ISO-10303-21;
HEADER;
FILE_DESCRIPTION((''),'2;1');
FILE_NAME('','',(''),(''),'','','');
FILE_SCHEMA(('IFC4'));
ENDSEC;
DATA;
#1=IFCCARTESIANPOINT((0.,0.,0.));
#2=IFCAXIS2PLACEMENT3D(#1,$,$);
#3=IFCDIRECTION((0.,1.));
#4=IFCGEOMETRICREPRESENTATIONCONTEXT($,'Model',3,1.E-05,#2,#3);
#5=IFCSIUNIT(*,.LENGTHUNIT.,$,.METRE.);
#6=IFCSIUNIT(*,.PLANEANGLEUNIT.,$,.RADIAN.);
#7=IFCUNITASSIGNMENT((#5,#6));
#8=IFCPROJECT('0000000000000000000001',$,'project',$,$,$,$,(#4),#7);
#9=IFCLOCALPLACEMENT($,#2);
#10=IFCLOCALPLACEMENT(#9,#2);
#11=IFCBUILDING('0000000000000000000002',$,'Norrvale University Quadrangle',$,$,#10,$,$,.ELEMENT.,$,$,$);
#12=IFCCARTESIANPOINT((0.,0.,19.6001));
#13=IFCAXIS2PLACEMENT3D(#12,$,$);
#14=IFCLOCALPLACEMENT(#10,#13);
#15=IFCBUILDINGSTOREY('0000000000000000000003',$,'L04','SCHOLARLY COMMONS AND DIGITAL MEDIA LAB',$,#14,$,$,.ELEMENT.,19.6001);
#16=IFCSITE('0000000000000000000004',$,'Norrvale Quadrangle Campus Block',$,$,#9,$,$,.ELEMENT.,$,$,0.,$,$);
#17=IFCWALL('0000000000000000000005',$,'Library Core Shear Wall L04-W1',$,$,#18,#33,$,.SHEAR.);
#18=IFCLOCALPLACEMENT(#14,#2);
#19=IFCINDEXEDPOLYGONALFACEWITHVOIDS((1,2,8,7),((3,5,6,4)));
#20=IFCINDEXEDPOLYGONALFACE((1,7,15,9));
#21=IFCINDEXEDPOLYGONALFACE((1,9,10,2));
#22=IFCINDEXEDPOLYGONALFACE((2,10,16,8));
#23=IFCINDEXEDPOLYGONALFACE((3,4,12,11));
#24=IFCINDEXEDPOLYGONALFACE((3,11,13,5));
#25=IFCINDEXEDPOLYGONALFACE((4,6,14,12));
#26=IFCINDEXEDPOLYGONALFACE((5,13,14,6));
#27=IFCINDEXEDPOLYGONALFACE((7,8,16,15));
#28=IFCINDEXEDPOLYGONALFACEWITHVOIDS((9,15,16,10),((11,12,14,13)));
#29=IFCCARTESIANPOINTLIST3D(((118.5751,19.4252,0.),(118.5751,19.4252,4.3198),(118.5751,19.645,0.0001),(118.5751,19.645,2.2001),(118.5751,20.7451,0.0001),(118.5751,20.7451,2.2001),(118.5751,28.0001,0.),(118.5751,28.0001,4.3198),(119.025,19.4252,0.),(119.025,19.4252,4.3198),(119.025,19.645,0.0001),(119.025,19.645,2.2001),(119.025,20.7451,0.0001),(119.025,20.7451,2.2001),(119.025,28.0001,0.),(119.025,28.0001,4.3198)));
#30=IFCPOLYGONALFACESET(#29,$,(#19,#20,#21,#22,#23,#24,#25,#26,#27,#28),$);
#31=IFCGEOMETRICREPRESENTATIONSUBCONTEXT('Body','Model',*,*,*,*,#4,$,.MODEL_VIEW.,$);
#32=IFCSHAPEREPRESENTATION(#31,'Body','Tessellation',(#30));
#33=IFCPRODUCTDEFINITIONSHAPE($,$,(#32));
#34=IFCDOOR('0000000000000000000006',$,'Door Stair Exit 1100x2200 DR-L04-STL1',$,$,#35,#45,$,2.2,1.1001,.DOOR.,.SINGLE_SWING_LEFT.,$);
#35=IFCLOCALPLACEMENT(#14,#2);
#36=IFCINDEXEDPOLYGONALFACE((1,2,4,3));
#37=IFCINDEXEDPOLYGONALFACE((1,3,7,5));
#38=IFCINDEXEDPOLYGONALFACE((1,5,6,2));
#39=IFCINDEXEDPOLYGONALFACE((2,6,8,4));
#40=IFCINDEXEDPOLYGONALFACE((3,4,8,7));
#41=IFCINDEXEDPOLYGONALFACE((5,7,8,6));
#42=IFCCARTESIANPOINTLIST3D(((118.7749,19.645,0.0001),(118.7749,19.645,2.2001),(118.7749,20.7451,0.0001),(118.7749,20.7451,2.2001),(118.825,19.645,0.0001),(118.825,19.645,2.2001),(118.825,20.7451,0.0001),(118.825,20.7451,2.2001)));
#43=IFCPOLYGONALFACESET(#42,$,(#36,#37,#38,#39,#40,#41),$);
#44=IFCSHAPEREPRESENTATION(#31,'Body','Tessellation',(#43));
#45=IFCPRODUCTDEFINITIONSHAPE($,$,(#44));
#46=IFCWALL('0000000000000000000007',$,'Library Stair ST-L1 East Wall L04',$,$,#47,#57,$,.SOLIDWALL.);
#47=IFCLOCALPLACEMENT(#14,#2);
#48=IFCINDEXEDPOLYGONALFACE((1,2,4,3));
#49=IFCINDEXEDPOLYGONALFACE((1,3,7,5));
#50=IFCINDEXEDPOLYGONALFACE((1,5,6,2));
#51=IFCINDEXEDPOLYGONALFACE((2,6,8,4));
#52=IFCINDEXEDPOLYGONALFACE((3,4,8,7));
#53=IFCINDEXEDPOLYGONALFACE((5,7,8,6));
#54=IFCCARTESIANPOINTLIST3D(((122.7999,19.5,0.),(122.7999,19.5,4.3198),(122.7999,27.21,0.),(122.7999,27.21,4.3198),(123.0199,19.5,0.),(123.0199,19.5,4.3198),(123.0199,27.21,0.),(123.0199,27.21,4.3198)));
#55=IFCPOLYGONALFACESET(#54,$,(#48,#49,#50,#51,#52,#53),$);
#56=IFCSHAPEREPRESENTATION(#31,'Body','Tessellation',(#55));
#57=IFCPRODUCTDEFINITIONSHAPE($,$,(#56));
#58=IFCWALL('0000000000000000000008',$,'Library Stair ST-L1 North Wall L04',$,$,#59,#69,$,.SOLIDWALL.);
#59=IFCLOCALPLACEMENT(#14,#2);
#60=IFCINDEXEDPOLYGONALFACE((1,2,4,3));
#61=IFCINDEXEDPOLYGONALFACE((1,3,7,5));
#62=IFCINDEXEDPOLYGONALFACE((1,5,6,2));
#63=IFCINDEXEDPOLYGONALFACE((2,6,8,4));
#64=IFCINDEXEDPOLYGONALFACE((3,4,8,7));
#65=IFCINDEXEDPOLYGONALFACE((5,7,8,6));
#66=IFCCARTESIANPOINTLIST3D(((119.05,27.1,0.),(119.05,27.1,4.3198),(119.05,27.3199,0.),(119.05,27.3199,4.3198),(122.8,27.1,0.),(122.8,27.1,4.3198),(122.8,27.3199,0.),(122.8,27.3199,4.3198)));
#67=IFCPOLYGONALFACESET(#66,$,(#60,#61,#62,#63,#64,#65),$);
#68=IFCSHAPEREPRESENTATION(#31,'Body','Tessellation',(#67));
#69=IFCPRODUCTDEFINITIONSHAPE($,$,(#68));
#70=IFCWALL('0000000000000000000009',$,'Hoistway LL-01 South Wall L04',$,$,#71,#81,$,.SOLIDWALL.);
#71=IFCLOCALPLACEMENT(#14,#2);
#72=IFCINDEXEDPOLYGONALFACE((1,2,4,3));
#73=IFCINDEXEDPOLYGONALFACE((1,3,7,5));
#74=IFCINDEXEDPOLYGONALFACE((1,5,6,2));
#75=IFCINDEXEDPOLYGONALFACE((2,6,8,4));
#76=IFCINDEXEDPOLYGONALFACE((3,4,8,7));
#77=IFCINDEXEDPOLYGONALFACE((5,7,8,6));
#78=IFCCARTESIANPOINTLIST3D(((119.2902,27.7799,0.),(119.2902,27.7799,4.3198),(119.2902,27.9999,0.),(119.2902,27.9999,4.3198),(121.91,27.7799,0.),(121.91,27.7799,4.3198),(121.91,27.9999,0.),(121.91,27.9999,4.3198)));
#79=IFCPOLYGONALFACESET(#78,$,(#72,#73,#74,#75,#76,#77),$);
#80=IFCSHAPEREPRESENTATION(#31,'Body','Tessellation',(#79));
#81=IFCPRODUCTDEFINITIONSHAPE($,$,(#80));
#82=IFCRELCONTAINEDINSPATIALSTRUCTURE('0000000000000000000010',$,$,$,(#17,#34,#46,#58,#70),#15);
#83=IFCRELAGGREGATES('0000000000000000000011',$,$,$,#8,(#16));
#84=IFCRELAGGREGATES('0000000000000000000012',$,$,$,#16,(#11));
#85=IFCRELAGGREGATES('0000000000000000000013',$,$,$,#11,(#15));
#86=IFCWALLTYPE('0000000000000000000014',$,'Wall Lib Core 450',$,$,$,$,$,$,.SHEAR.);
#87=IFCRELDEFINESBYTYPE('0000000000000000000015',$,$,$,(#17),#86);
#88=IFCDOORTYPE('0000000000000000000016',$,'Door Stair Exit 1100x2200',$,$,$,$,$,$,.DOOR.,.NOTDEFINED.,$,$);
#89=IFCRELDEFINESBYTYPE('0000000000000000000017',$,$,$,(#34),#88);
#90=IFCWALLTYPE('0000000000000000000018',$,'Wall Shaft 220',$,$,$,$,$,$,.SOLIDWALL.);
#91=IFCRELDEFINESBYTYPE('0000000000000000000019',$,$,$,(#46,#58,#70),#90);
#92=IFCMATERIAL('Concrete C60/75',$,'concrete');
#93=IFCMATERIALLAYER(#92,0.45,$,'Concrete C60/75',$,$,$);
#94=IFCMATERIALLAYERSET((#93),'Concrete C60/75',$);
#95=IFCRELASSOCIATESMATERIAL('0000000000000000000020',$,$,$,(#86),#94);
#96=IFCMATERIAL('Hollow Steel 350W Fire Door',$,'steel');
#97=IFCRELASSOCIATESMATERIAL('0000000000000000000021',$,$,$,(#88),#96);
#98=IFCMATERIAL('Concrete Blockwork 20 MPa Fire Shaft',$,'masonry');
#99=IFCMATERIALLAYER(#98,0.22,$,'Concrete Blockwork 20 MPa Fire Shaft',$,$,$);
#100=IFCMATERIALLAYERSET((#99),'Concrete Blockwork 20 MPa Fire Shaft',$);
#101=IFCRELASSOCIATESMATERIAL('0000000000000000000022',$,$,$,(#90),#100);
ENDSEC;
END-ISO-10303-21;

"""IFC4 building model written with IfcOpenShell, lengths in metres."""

from ifc_helpers import new_model, si_unit, direction, frame, frame_2d, origin, place, context, subcontext, project, spatial, rectangle, extrude, material, layer, layer_set, type_object, element, fill, save


model = new_model("IFC4")

# Units and contexts
model_context = context("Model", 3, precision=1e-05, world=origin(), true_north=direction((0.0, 1.0)))
body_context = subcontext(model_context, "Body", "Model", "MODEL_VIEW")
ifc_project = project(units=[si_unit("LENGTHUNIT", "METRE"), si_unit("PLANEANGLEUNIT", "RADIAN")], contexts=[model_context])

# Site, building, storey
site_placement = place(None, origin())
site = spatial("IfcSite", under=ifc_project, at=site_placement, Name="Norrvale Quadrangle Campus Block", CompositionType="ELEMENT", RefElevation=0.0)
building_placement = place(site_placement, origin())
building = spatial("IfcBuilding", under=site, at=building_placement, Name="Norrvale University Quadrangle", CompositionType="ELEMENT")
storey_placement = place(building_placement, frame((0.0, 0.0, 19.6001)))
storey = spatial("IfcBuildingStorey", under=building, at=storey_placement, Name="L04", Description="SCHOLARLY COMMONS AND DIGITAL MEDIA LAB", CompositionType="ELEMENT", Elevation=19.6001)

# Shared definitions
ifc_material_1 = material(Name="Concrete C60/75", Category="concrete")

# Shared definitions
ifc_layer_1 = layer(ifc_material_1, 0.45, Name="Concrete C60/75")
ifc_layer_set_1 = layer_set([ifc_layer_1], Name="Concrete C60/75")
wall_type_1 = type_object("IfcWallType", Name="Wall Lib Core 450", PredefinedType="SHEAR", material=ifc_layer_set_1)

# Wall, opening, door
wall_1_placement = place(storey_placement, frame((118.8, 19.425, 0.0), z_axis=(0.0, 0.0, 1.0), x_axis=(0.0, 1.0, 0.0)))
wall_1 = element("IfcWall", 1, at=wall_1_placement, inside=storey, type_object=wall_type_1, Name="Library Core Shear Wall L04-W1", PredefinedType="SHEAR", context=body_context, shape_type="SweptSolid", body=[
    extrude(rectangle(XDim=8.575, YDim=0.45, at=frame_2d((4.2876, 0.0))), origin(), (0.0, 0.0, 1.0), 4.3198),
])
opening_placement = place(wall_1_placement, frame((0.22, 0.0, 0.0)))
opening = element("IfcOpeningElement", 2, at=opening_placement, cuts=wall_1, PredefinedType="OPENING", context=body_context, shape_type="SweptSolid", body=[
    extrude(rectangle(XDim=1.1001, YDim=2.2, at=frame_2d((0.55, 1.1001))), frame((0.0, 0.2371, 0.0), z_axis=(0.0, -1.0, 0.0), x_axis=(1.0, 0.0, 0.0)), (0.0, 0.0, 1.0), 0.4739),
])
ifc_material_2 = material(Name="Hollow Steel 350W Fire Door", Category="steel")
door_type = type_object("IfcDoorType", Name="Door Stair Exit 1100x2200", OperationType="NOTDEFINED", PredefinedType="DOOR", material=ifc_material_2)
door_placement = place(opening_placement, frame((1.1001, 0.0, 0.0), z_axis=(0.0, 0.0, 1.0), x_axis=(-1.0, 0.0, 0.0)))
door = element("IfcDoor", 3, at=door_placement, inside=storey, type_object=door_type, Name="Door Stair Exit 1100x2200 DR-L04-STL1", OperationType="SINGLE_SWING_LEFT", OverallHeight=2.2, OverallWidth=1.1001, PredefinedType="DOOR", context=body_context, shape_type="SweptSolid", body=[
    extrude(rectangle(XDim=1.1001, YDim=2.2, at=frame_2d((0.55, 1.1001))), frame((0.0, 0.0249, 0.0), z_axis=(0.0, -1.0, 0.0), x_axis=(1.0, 0.0, 0.0)), (0.0, 0.0, 1.0), 0.05),
])
fill(opening, door)

# Walls
ifc_material_3 = material(Name="Concrete Blockwork 20 MPa Fire Shaft", Category="masonry")
ifc_layer_2 = layer(ifc_material_3, 0.22, Name="Concrete Blockwork 20 MPa Fire Shaft")
ifc_layer_set_2 = layer_set([ifc_layer_2], Name="Concrete Blockwork 20 MPa Fire Shaft")
wall_type_2 = type_object("IfcWallType", Name="Wall Shaft 220", PredefinedType="SOLIDWALL", material=ifc_layer_set_2)
wall_2_placement = place(storey_placement, frame((122.9099, 19.5, 0.0), z_axis=(0.0, 0.0, 1.0), x_axis=(0.0, 1.0, 0.0)))
element("IfcWall", 4, at=wall_2_placement, inside=storey, type_object=wall_type_2, Name="Library Stair ST-L1 East Wall L04", PredefinedType="SOLIDWALL", context=body_context, shape_type="SweptSolid", body=[
    extrude(rectangle(XDim=7.71, YDim=0.22, at=frame_2d((3.855, 0.0))), origin(), (0.0, 0.0, 1.0), 4.3198),
])
wall_3_placement = place(storey_placement, frame((119.05, 27.21, 0.0), z_axis=(0.0, 0.0, 1.0), x_axis=(1.0, 0.0, 0.0)))
element("IfcWall", 5, at=wall_3_placement, inside=storey, type_object=wall_type_2, Name="Library Stair ST-L1 North Wall L04", PredefinedType="SOLIDWALL", context=body_context, shape_type="SweptSolid", body=[
    extrude(rectangle(XDim=3.75, YDim=0.22, at=frame_2d((1.875, 0.0))), origin(), (0.0, 0.0, 1.0), 4.3198),
])
wall_4_placement = place(storey_placement, frame((119.29, 27.8899, 0.0), z_axis=(0.0, 0.0, 1.0), x_axis=(1.0, 0.0, 0.0)))
element("IfcWall", 6, at=wall_4_placement, inside=storey, type_object=wall_type_2, Name="Hoistway LL-01 South Wall L04", PredefinedType="SOLIDWALL", context=body_context, shape_type="SweptSolid", body=[
    extrude(rectangle(XDim=2.6199, YDim=0.22, at=frame_2d((1.3101, 0.0))), origin(), (0.0, 0.0, 1.0), 4.3198),
])

save(model, "model.ifc")
